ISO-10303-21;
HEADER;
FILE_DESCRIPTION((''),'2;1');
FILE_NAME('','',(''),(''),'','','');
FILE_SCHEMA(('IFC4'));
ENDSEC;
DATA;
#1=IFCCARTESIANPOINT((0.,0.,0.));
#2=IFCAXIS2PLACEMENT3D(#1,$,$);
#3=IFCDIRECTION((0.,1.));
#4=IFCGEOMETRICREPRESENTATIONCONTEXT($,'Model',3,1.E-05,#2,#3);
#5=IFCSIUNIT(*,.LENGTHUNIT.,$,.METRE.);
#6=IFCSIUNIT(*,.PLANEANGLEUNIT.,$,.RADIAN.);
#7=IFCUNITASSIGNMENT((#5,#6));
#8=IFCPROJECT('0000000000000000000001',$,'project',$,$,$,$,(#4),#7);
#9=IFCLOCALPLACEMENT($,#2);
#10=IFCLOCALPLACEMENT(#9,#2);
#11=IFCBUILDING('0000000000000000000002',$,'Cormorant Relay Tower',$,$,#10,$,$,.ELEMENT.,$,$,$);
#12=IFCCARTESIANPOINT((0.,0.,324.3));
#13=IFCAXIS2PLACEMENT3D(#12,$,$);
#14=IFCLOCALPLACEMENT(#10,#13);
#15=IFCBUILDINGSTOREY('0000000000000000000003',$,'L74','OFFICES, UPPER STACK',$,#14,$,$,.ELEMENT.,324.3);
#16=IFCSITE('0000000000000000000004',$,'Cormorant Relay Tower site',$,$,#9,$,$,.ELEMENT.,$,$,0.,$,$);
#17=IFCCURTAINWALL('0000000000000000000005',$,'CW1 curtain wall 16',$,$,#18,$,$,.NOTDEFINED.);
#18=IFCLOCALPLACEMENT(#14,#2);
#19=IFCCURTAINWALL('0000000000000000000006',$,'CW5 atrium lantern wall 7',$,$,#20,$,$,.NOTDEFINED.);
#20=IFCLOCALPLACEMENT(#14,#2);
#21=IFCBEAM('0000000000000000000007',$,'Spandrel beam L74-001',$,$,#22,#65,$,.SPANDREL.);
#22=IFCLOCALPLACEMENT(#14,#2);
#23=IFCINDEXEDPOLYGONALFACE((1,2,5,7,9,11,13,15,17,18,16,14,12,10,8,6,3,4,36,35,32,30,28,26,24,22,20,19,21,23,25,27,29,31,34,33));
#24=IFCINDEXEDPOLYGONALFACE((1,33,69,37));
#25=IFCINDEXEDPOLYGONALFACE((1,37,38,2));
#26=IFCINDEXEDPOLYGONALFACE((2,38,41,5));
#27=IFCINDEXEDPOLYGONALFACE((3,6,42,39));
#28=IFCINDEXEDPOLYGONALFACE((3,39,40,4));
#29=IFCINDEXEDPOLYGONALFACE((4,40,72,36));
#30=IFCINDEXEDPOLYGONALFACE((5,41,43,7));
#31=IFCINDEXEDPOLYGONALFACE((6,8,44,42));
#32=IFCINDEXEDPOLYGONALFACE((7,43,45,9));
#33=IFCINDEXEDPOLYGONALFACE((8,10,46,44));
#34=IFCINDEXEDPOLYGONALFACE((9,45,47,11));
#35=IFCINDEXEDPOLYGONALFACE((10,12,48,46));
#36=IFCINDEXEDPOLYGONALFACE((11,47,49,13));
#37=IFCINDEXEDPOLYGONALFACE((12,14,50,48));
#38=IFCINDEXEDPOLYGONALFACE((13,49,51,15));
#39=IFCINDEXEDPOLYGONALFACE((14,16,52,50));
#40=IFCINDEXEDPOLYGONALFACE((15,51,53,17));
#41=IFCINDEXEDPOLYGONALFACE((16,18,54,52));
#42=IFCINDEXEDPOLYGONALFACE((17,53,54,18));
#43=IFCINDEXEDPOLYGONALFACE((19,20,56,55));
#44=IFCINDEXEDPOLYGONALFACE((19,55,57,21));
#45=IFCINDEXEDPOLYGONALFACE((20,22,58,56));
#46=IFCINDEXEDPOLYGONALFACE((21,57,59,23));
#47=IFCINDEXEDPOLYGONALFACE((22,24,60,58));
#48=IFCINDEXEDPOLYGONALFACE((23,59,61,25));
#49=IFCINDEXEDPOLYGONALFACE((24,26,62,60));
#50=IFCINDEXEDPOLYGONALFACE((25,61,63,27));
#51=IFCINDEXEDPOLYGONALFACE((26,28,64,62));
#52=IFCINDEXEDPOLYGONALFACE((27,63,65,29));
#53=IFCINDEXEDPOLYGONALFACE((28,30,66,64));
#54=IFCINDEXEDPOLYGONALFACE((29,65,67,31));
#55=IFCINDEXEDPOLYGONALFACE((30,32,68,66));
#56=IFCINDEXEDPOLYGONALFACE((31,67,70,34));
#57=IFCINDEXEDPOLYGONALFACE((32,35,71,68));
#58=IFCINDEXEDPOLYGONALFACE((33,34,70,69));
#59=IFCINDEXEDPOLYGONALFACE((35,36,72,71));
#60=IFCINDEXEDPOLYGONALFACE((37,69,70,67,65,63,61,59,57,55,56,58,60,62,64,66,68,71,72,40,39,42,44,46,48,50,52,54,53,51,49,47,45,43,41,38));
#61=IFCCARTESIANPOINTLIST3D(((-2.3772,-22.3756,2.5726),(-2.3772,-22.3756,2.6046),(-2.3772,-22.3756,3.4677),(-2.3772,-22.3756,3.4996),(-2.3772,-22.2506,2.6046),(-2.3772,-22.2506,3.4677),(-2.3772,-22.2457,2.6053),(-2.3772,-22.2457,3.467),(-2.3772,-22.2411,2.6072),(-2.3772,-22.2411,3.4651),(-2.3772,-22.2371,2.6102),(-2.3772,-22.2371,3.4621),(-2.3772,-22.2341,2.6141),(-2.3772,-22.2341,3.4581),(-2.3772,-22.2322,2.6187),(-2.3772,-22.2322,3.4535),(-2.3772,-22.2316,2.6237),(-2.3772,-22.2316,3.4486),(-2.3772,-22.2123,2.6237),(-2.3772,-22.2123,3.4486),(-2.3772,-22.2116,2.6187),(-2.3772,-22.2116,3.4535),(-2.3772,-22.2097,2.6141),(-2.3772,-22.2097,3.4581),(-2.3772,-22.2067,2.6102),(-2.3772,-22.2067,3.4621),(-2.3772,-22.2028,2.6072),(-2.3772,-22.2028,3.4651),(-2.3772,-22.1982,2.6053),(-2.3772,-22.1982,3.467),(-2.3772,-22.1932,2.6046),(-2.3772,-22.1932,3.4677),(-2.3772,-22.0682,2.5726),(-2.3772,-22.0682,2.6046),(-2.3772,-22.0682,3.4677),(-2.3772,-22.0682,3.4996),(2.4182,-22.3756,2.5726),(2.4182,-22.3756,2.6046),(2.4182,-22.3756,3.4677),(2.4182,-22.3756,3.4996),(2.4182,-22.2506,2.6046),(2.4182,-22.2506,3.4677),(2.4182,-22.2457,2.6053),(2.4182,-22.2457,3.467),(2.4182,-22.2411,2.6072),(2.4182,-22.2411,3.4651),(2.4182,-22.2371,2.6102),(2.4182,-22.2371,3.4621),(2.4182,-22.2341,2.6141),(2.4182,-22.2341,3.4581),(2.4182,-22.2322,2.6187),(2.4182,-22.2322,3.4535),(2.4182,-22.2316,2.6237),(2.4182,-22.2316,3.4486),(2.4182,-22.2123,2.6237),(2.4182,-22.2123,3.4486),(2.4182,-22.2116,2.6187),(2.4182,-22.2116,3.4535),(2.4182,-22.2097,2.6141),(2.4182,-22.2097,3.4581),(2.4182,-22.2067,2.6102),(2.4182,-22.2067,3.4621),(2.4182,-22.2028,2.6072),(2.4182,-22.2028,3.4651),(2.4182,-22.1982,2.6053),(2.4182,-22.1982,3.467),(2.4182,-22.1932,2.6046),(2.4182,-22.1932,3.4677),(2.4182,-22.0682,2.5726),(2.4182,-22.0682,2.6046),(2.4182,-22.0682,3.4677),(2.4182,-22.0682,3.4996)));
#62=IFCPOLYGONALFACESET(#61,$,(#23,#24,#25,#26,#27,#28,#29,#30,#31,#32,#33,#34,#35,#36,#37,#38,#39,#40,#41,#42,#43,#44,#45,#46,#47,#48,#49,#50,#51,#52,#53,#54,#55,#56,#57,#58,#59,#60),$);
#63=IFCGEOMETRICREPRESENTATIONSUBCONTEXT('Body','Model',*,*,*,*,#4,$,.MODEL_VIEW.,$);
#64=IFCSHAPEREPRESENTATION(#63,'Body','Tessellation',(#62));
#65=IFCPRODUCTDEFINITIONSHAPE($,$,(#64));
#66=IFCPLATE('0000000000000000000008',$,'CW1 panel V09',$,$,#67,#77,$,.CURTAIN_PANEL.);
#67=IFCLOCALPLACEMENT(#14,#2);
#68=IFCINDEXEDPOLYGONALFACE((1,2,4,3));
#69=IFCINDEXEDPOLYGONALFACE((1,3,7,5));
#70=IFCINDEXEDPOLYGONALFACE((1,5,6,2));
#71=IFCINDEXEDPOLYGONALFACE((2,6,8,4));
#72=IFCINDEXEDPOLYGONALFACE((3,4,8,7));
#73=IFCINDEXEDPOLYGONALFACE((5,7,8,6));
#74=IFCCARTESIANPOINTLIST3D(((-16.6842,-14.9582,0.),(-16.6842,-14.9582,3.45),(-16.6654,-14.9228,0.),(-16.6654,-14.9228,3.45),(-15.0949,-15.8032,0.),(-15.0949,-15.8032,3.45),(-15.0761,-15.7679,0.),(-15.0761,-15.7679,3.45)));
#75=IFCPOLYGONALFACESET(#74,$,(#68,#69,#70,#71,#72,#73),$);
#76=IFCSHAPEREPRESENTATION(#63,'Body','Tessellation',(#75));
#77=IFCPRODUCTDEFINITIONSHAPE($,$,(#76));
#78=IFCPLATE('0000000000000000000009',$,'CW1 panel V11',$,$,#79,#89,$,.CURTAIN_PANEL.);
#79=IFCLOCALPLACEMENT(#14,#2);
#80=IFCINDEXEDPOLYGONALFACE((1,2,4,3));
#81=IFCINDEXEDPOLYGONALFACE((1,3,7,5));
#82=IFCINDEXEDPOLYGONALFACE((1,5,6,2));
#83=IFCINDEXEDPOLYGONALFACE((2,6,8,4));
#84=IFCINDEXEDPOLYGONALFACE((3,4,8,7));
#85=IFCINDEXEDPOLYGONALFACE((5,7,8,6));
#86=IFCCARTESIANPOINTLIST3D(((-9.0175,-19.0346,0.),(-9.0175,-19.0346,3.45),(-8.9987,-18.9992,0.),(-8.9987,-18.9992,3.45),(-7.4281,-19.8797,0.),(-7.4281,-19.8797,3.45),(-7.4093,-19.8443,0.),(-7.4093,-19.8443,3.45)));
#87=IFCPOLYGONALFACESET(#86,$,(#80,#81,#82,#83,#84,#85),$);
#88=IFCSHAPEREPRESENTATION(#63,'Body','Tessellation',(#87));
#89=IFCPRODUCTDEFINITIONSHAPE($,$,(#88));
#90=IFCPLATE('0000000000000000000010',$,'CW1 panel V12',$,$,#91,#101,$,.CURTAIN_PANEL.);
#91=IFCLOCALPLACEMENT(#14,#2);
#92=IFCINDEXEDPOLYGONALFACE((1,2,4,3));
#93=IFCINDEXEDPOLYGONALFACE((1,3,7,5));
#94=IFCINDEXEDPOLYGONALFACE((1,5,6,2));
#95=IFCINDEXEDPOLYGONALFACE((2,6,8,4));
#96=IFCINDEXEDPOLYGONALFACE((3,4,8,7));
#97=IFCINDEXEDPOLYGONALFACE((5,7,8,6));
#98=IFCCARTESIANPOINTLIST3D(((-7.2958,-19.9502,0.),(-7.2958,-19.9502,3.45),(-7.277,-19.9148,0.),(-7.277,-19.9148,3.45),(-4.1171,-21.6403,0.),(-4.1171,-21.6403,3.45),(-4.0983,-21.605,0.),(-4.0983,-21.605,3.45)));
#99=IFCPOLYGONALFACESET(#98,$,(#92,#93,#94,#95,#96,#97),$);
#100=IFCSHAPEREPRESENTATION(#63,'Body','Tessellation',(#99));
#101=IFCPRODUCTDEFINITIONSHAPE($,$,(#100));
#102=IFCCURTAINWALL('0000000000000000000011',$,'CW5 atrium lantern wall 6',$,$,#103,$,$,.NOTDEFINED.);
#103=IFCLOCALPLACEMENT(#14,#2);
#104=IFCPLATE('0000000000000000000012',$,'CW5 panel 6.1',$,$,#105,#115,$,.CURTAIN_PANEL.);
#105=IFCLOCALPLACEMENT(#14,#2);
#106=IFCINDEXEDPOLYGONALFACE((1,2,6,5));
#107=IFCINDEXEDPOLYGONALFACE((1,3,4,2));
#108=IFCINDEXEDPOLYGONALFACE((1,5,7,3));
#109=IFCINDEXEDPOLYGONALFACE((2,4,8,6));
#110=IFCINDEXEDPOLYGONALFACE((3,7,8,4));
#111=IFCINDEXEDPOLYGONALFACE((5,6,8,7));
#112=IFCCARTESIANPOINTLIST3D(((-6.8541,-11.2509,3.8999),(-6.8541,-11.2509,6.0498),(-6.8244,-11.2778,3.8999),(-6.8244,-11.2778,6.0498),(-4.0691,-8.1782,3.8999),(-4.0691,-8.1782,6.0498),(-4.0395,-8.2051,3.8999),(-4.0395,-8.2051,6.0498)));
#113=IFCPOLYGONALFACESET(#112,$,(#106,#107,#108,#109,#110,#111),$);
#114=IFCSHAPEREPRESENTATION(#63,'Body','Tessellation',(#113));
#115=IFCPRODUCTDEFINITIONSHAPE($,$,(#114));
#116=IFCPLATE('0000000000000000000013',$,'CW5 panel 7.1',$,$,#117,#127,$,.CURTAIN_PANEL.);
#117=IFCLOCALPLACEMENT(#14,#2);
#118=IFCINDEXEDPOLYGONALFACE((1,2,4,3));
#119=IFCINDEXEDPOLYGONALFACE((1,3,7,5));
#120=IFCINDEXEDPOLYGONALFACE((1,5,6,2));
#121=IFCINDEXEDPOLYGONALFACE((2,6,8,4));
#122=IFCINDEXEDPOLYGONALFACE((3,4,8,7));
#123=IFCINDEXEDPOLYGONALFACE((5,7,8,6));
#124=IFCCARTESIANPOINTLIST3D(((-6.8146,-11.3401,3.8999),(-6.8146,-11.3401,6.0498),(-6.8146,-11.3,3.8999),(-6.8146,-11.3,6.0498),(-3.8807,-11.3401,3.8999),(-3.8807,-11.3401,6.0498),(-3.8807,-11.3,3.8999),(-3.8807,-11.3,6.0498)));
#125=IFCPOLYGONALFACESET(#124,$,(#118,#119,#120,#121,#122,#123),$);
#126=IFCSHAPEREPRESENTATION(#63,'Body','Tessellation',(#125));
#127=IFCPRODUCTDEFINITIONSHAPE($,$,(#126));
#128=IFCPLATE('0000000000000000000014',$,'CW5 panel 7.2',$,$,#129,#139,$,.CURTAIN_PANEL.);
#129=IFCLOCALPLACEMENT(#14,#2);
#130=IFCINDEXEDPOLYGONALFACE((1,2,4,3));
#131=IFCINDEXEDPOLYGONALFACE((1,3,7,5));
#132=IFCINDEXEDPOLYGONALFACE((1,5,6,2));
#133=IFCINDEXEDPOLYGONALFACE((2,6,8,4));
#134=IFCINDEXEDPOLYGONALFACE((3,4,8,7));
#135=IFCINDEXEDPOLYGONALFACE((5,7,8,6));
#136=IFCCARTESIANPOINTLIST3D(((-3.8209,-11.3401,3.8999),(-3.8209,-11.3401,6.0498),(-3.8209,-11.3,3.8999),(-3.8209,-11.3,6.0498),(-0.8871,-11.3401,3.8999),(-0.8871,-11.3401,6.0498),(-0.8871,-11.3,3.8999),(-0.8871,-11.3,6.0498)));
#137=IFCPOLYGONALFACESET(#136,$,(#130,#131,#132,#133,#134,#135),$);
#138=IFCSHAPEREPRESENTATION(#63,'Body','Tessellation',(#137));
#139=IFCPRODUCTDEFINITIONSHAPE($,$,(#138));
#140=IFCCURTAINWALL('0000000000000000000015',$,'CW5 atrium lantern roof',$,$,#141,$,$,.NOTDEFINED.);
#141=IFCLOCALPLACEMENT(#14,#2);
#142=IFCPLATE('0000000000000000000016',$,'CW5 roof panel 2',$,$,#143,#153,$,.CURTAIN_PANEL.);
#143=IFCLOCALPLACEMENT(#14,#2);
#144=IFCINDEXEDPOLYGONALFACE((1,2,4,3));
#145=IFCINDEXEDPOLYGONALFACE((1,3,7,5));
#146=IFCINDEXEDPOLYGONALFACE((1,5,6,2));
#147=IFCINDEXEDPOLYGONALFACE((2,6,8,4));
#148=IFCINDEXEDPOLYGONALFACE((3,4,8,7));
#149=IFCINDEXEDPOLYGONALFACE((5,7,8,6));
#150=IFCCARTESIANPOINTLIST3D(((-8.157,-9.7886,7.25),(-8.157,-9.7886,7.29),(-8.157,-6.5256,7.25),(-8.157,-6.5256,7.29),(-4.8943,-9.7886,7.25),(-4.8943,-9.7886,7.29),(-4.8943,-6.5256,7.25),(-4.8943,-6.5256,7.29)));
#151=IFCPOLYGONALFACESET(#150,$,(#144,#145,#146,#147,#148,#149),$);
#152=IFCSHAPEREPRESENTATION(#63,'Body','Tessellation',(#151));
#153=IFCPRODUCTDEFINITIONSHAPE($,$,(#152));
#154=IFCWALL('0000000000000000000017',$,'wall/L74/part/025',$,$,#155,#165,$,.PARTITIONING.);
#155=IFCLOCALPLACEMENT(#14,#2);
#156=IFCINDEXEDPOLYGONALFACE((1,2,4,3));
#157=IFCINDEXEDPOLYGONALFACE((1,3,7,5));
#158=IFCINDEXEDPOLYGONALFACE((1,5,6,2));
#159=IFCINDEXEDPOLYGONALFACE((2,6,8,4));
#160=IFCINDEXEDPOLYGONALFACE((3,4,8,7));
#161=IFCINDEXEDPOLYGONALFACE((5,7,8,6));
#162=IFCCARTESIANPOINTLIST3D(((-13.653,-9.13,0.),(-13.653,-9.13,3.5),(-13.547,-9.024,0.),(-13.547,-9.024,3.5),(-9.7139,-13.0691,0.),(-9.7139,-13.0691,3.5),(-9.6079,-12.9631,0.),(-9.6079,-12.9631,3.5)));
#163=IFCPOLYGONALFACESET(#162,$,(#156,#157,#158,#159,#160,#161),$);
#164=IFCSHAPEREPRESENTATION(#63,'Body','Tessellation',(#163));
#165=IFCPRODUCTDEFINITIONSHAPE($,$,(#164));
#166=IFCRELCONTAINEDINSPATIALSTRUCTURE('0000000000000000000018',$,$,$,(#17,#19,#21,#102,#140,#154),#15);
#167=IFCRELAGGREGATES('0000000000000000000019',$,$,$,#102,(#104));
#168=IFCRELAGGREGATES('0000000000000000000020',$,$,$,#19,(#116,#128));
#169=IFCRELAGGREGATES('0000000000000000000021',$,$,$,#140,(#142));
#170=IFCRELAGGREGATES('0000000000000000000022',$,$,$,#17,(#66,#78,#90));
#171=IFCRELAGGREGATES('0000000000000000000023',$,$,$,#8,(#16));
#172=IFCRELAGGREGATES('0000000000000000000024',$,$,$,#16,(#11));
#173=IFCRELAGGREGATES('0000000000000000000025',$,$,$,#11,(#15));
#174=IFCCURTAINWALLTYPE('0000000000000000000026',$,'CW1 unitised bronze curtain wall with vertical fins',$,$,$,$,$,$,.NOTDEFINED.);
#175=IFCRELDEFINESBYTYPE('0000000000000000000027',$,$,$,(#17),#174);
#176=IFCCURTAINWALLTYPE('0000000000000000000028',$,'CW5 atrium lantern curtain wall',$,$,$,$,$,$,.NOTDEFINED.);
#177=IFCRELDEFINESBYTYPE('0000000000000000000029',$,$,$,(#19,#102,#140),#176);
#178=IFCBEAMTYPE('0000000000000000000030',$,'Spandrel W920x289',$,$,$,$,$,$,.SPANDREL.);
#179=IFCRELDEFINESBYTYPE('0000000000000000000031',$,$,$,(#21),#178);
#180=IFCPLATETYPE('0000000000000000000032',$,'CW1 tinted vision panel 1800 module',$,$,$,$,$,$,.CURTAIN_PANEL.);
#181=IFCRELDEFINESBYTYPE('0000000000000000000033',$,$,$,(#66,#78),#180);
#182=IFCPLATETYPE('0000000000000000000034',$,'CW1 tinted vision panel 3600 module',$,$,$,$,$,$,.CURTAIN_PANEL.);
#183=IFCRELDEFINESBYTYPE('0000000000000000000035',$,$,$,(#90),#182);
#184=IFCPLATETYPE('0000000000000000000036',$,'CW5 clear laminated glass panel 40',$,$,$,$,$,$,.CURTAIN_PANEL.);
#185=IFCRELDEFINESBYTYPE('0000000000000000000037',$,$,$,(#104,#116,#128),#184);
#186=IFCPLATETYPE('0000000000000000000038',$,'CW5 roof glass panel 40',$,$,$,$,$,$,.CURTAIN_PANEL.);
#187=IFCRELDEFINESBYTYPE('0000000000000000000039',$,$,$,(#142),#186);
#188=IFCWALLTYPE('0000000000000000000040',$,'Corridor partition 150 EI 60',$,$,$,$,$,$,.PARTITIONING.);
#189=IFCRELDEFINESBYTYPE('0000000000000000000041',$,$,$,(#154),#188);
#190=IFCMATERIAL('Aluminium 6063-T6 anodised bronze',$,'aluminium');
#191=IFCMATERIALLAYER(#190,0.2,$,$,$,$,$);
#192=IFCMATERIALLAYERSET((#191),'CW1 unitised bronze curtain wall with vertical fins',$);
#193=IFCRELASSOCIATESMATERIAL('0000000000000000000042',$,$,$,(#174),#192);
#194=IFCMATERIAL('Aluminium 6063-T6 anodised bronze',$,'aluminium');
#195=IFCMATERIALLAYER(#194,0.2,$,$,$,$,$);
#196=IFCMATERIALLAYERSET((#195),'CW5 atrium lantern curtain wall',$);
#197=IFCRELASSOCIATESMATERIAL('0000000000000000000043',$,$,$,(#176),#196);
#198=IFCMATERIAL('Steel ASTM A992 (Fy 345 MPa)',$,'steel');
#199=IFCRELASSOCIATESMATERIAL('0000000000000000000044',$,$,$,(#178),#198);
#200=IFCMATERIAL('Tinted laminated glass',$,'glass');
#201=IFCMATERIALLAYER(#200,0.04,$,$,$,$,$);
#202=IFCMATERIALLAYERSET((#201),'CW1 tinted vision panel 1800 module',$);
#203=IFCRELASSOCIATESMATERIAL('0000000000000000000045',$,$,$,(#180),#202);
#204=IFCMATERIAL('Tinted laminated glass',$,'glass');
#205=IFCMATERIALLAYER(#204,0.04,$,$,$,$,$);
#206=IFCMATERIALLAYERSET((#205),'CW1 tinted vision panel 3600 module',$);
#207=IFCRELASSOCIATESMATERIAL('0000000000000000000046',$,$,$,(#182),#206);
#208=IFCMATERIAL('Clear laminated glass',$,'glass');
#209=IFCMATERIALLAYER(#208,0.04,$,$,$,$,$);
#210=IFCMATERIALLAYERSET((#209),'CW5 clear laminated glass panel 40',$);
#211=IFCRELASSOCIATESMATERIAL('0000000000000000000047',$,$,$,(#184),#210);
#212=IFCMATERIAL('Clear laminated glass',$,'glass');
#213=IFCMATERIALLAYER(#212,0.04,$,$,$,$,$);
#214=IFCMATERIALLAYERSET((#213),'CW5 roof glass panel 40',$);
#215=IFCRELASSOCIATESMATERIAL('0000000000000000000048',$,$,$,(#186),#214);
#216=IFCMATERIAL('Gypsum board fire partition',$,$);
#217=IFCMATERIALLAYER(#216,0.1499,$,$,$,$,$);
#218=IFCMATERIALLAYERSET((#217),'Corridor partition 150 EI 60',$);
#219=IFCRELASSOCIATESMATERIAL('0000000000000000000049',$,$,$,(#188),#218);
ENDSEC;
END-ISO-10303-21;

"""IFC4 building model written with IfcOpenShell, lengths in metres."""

from ifc_helpers import new_model, si_unit, direction, frame, frame_2d, origin, origin_2d, place, context, subcontext, project, spatial, polyline, rectangle, i_section, outline, extrude, material, layer, layer_set, material_profile, profile_set, type_object, element, aggregate, save


model = new_model("IFC4")

# Units and contexts
model_context = context("Model", 3, precision=1e-05, world=origin(), true_north=direction((0.0, 1.0)))
body_context = subcontext(model_context, "Body", "Model", "MODEL_VIEW")
ifc_project = project(units=[si_unit("LENGTHUNIT", "METRE"), si_unit("PLANEANGLEUNIT", "RADIAN")], contexts=[model_context])

# Site, building, storey
site_placement = place(None, origin())
site = spatial("IfcSite", under=ifc_project, at=site_placement, Name="Cormorant Relay Tower site", CompositionType="ELEMENT", RefElevation=0.0)
building_placement = place(site_placement, origin())
building = spatial("IfcBuilding", under=site, at=building_placement, Name="Cormorant Relay Tower", CompositionType="ELEMENT")
storey_placement = place(building_placement, frame((0.0, 0.0, 324.3)))
storey = spatial("IfcBuildingStorey", under=building, at=storey_placement, Name="L74", Description="OFFICES, UPPER STACK", CompositionType="ELEMENT", Elevation=324.3)

# Shared definitions
ifc_material_1 = material(Name="Aluminium 6063-T6 anodised bronze", Category="aluminium")
ifc_layer_1 = layer(ifc_material_1, 0.2)
ifc_layer_set_1 = layer_set([ifc_layer_1], Name="CW1 unitised bronze curtain wall with vertical fins")
curtain_wall_type_1 = type_object("IfcCurtainWallType", Name="CW1 unitised bronze curtain wall with vertical fins", PredefinedType="NOTDEFINED", material=ifc_layer_set_1)

# Curtain wall
curtain_wall_1_placement = place(storey_placement, origin())
curtain_wall_1 = element("IfcCurtainWall", 1, at=curtain_wall_1_placement, inside=storey, type_object=curtain_wall_type_1, Name="CW1 curtain wall 16", PredefinedType="NOTDEFINED")

# Curtain wall
ifc_material_2 = material(Name="Aluminium 6063-T6 anodised bronze", Category="aluminium")
ifc_layer_2 = layer(ifc_material_2, 0.2)
ifc_layer_set_2 = layer_set([ifc_layer_2], Name="CW5 atrium lantern curtain wall")
curtain_wall_type_2 = type_object("IfcCurtainWallType", Name="CW5 atrium lantern curtain wall", PredefinedType="NOTDEFINED", material=ifc_layer_set_2)
curtain_wall_2_placement = place(storey_placement, origin())
curtain_wall_2 = element("IfcCurtainWall", 2, at=curtain_wall_2_placement, inside=storey, type_object=curtain_wall_type_2, Name="CW5 atrium lantern wall 7", PredefinedType="NOTDEFINED")

# Beam
ifc_material_3 = material(Name="Steel ASTM A992 (Fy 345 MPa)", Category="steel")
ifc_material_profile_1 = material_profile(ifc_material_3, i_section(OverallWidth=0.3074, OverallDepth=0.927, WebThickness=0.0193, FlangeThickness=0.032, FilletRadius=0.019, at=origin_2d()), Name="W920x289")
ifc_profile_set_1 = profile_set([ifc_material_profile_1], Name="Steel ASTM A992 (Fy 345 MPa)")
beam_type_1 = type_object("IfcBeamType", Name="Spandrel W920x289", PredefinedType="SPANDREL", material=ifc_profile_set_1)
beam_1_placement = place(storey_placement, frame((-2.3772, -22.2219, 3.0361), z_axis=(1.0, 0.0, 0.0), x_axis=(0.0, 1.0, 0.0)))
element("IfcBeam", 3, at=beam_1_placement, inside=storey, type_object=beam_type_1, Name="Spandrel beam L74-001", PredefinedType="SPANDREL", context=body_context, shape_type="SweptSolid", body=[
    extrude(i_section(OverallWidth=0.3074, OverallDepth=0.927, WebThickness=0.0193, FlangeThickness=0.032, FilletRadius=0.019, at=origin_2d()), origin(), (0.0, 0.0, 1.0), 4.7954),
])

# Plates
ifc_material_4 = material(Name="Tinted laminated glass", Category="glass")
ifc_layer_3 = layer(ifc_material_4, 0.04)
ifc_layer_set_3 = layer_set([ifc_layer_3], Name="CW1 tinted vision panel 1800 module")
plate_type_1 = type_object("IfcPlateType", Name="CW1 tinted vision panel 1800 module", PredefinedType="CURTAIN_PANEL", material=ifc_layer_set_3)
plate_1_placement = place(storey_placement, frame((-15.8801, -15.363, 0.0), z_axis=(0.0, 0.0, 1.0), x_axis=(0.882948, -0.469472, 0.0)))
plate_1 = element("IfcPlate", 4, at=plate_1_placement, type_object=plate_type_1, Name="CW1 panel V09", PredefinedType="CURTAIN_PANEL", context=body_context, shape_type="SweptSolid", body=[
    extrude(rectangle(XDim=1.8, YDim=0.04, at=origin_2d()), origin(), (0.0, 0.0, 1.0), 3.45),
])
plate_2_placement = place(storey_placement, frame((-8.2134, -19.4395, 0.0), z_axis=(0.0, 0.0, 1.0), x_axis=(0.882948, -0.469472, 0.0)))
plate_2 = element("IfcPlate", 5, at=plate_2_placement, type_object=plate_type_1, Name="CW1 panel V11", PredefinedType="CURTAIN_PANEL", context=body_context, shape_type="SweptSolid", body=[
    extrude(rectangle(XDim=1.8, YDim=0.04, at=origin_2d()), origin(), (0.0, 0.0, 1.0), 3.45),
])
ifc_material_5 = material(Name="Tinted laminated glass", Category="glass")
ifc_layer_4 = layer(ifc_material_5, 0.04)
ifc_layer_set_4 = layer_set([ifc_layer_4], Name="CW1 tinted vision panel 3600 module")
plate_type_2 = type_object("IfcPlateType", Name="CW1 tinted vision panel 3600 module", PredefinedType="CURTAIN_PANEL", material=ifc_layer_set_4)
plate_3_placement = place(storey_placement, frame((-5.697, -20.7776, 0.0), z_axis=(0.0, 0.0, 1.0), x_axis=(0.882948, -0.469472, 0.0)))
plate_3 = element("IfcPlate", 6, at=plate_3_placement, type_object=plate_type_2, Name="CW1 panel V12", PredefinedType="CURTAIN_PANEL", context=body_context, shape_type="SweptSolid", body=[
    extrude(rectangle(XDim=3.6001, YDim=0.04, at=origin_2d()), origin(), (0.0, 0.0, 1.0), 3.45),
])

# Curtain wall, plate
curtain_wall_3_placement = place(storey_placement, origin())
curtain_wall_3 = element("IfcCurtainWall", 7, at=curtain_wall_3_placement, inside=storey, type_object=curtain_wall_type_2, Name="CW5 atrium lantern wall 6", PredefinedType="NOTDEFINED")
ifc_material_6 = material(Name="Clear laminated glass", Category="glass")
ifc_layer_5 = layer(ifc_material_6, 0.04)
ifc_layer_set_5 = layer_set([ifc_layer_5], Name="CW5 clear laminated glass panel 40")
plate_type_3 = type_object("IfcPlateType", Name="CW5 clear laminated glass panel 40", PredefinedType="CURTAIN_PANEL", material=ifc_layer_set_5)
plate_4_placement = place(storey_placement, frame((-5.4468, -9.728, 3.8999), z_axis=(0.0, 0.0, 1.0), x_axis=(-0.671559, -0.740951, 0.0)))
plate_4 = element("IfcPlate", 8, at=plate_4_placement, type_object=plate_type_3, Name="CW5 panel 6.1", PredefinedType="CURTAIN_PANEL", context=body_context, shape_type="SweptSolid", body=[
    extrude(rectangle(XDim=4.147, YDim=0.04, at=origin_2d()), origin(), (0.0, 0.0, 1.0), 2.1499),
])
aggregate(curtain_wall_3, [plate_4])

# Plates
plate_5_placement = place(storey_placement, frame((-5.3477, -11.3201, 3.8999), z_axis=(0.0, 0.0, 1.0), x_axis=(1.0, 0.0, 0.0)))
plate_5 = element("IfcPlate", 9, at=plate_5_placement, type_object=plate_type_3, Name="CW5 panel 7.1", PredefinedType="CURTAIN_PANEL", context=body_context, shape_type="SweptSolid", body=[
    extrude(rectangle(XDim=2.9338, YDim=0.04, at=origin_2d()), origin(), (0.0, 0.0, 1.0), 2.1499),
])
plate_6_placement = place(storey_placement, frame((-2.354, -11.3201, 3.8999), z_axis=(0.0, 0.0, 1.0), x_axis=(1.0, 0.0, 0.0)))
plate_6 = element("IfcPlate", 10, at=plate_6_placement, type_object=plate_type_3, Name="CW5 panel 7.2", PredefinedType="CURTAIN_PANEL", context=body_context, shape_type="SweptSolid", body=[
    extrude(rectangle(XDim=2.9338, YDim=0.04, at=origin_2d()), origin(), (0.0, 0.0, 1.0), 2.1499),
])
aggregate(curtain_wall_2, [plate_5, plate_6])

# Curtain wall, plate
curtain_wall_4_placement = place(storey_placement, origin())
curtain_wall_4 = element("IfcCurtainWall", 11, at=curtain_wall_4_placement, inside=storey, type_object=curtain_wall_type_2, Name="CW5 atrium lantern roof", PredefinedType="NOTDEFINED")
ifc_material_7 = material(Name="Clear laminated glass", Category="glass")
ifc_layer_6 = layer(ifc_material_7, 0.04)
ifc_layer_set_6 = layer_set([ifc_layer_6], Name="CW5 roof glass panel 40")
plate_type_4 = type_object("IfcPlateType", Name="CW5 roof glass panel 40", PredefinedType="CURTAIN_PANEL", material=ifc_layer_set_6)
plate_7_placement = place(storey_placement, frame((-4.8943, -9.7886, 7.29), z_axis=(0.0, 0.0, 1.0), x_axis=(0.0, 1.0, 0.0)))
plate_7 = element("IfcPlate", 12, at=plate_7_placement, type_object=plate_type_4, Name="CW5 roof panel 2", PredefinedType="CURTAIN_PANEL", context=body_context, shape_type="SweptSolid", body=[
    extrude(outline(polyline([(0.0, 0.0), (3.2629, 0.0), (3.2629, 3.2627), (0.0, 3.2627), (0.0, 0.0)])), origin(), (0.0, 0.0, -1.0), 0.04),
])
aggregate(curtain_wall_4, [plate_7])

# Wall
ifc_material_8 = material(Name="Gypsum board fire partition")
ifc_layer_7 = layer(ifc_material_8, 0.1499)
ifc_layer_set_7 = layer_set([ifc_layer_7], Name="Corridor partition 150 EI 60")
wall_type_1 = type_object("IfcWallType", Name="Corridor partition 150 EI 60", PredefinedType="PARTITIONING", material=ifc_layer_set_7)
wall_1_placement = place(storey_placement, frame((-9.6609, -13.0161, 0.0), z_axis=(0.0, 0.0, 1.0), x_axis=(-0.707107, 0.707107, 0.0)))
element("IfcWall", 13, at=wall_1_placement, inside=storey, type_object=wall_type_1, Name="wall/L74/part/025", PredefinedType="PARTITIONING", context=body_context, shape_type="SweptSolid", body=[
    extrude(rectangle(XDim=5.5708, YDim=0.1499, at=frame_2d((2.7854, 0.0))), origin(), (0.0, 0.0, 1.0), 3.5),
])

aggregate(curtain_wall_1, [plate_1, plate_2, plate_3])

save(model, "model.ifc")
